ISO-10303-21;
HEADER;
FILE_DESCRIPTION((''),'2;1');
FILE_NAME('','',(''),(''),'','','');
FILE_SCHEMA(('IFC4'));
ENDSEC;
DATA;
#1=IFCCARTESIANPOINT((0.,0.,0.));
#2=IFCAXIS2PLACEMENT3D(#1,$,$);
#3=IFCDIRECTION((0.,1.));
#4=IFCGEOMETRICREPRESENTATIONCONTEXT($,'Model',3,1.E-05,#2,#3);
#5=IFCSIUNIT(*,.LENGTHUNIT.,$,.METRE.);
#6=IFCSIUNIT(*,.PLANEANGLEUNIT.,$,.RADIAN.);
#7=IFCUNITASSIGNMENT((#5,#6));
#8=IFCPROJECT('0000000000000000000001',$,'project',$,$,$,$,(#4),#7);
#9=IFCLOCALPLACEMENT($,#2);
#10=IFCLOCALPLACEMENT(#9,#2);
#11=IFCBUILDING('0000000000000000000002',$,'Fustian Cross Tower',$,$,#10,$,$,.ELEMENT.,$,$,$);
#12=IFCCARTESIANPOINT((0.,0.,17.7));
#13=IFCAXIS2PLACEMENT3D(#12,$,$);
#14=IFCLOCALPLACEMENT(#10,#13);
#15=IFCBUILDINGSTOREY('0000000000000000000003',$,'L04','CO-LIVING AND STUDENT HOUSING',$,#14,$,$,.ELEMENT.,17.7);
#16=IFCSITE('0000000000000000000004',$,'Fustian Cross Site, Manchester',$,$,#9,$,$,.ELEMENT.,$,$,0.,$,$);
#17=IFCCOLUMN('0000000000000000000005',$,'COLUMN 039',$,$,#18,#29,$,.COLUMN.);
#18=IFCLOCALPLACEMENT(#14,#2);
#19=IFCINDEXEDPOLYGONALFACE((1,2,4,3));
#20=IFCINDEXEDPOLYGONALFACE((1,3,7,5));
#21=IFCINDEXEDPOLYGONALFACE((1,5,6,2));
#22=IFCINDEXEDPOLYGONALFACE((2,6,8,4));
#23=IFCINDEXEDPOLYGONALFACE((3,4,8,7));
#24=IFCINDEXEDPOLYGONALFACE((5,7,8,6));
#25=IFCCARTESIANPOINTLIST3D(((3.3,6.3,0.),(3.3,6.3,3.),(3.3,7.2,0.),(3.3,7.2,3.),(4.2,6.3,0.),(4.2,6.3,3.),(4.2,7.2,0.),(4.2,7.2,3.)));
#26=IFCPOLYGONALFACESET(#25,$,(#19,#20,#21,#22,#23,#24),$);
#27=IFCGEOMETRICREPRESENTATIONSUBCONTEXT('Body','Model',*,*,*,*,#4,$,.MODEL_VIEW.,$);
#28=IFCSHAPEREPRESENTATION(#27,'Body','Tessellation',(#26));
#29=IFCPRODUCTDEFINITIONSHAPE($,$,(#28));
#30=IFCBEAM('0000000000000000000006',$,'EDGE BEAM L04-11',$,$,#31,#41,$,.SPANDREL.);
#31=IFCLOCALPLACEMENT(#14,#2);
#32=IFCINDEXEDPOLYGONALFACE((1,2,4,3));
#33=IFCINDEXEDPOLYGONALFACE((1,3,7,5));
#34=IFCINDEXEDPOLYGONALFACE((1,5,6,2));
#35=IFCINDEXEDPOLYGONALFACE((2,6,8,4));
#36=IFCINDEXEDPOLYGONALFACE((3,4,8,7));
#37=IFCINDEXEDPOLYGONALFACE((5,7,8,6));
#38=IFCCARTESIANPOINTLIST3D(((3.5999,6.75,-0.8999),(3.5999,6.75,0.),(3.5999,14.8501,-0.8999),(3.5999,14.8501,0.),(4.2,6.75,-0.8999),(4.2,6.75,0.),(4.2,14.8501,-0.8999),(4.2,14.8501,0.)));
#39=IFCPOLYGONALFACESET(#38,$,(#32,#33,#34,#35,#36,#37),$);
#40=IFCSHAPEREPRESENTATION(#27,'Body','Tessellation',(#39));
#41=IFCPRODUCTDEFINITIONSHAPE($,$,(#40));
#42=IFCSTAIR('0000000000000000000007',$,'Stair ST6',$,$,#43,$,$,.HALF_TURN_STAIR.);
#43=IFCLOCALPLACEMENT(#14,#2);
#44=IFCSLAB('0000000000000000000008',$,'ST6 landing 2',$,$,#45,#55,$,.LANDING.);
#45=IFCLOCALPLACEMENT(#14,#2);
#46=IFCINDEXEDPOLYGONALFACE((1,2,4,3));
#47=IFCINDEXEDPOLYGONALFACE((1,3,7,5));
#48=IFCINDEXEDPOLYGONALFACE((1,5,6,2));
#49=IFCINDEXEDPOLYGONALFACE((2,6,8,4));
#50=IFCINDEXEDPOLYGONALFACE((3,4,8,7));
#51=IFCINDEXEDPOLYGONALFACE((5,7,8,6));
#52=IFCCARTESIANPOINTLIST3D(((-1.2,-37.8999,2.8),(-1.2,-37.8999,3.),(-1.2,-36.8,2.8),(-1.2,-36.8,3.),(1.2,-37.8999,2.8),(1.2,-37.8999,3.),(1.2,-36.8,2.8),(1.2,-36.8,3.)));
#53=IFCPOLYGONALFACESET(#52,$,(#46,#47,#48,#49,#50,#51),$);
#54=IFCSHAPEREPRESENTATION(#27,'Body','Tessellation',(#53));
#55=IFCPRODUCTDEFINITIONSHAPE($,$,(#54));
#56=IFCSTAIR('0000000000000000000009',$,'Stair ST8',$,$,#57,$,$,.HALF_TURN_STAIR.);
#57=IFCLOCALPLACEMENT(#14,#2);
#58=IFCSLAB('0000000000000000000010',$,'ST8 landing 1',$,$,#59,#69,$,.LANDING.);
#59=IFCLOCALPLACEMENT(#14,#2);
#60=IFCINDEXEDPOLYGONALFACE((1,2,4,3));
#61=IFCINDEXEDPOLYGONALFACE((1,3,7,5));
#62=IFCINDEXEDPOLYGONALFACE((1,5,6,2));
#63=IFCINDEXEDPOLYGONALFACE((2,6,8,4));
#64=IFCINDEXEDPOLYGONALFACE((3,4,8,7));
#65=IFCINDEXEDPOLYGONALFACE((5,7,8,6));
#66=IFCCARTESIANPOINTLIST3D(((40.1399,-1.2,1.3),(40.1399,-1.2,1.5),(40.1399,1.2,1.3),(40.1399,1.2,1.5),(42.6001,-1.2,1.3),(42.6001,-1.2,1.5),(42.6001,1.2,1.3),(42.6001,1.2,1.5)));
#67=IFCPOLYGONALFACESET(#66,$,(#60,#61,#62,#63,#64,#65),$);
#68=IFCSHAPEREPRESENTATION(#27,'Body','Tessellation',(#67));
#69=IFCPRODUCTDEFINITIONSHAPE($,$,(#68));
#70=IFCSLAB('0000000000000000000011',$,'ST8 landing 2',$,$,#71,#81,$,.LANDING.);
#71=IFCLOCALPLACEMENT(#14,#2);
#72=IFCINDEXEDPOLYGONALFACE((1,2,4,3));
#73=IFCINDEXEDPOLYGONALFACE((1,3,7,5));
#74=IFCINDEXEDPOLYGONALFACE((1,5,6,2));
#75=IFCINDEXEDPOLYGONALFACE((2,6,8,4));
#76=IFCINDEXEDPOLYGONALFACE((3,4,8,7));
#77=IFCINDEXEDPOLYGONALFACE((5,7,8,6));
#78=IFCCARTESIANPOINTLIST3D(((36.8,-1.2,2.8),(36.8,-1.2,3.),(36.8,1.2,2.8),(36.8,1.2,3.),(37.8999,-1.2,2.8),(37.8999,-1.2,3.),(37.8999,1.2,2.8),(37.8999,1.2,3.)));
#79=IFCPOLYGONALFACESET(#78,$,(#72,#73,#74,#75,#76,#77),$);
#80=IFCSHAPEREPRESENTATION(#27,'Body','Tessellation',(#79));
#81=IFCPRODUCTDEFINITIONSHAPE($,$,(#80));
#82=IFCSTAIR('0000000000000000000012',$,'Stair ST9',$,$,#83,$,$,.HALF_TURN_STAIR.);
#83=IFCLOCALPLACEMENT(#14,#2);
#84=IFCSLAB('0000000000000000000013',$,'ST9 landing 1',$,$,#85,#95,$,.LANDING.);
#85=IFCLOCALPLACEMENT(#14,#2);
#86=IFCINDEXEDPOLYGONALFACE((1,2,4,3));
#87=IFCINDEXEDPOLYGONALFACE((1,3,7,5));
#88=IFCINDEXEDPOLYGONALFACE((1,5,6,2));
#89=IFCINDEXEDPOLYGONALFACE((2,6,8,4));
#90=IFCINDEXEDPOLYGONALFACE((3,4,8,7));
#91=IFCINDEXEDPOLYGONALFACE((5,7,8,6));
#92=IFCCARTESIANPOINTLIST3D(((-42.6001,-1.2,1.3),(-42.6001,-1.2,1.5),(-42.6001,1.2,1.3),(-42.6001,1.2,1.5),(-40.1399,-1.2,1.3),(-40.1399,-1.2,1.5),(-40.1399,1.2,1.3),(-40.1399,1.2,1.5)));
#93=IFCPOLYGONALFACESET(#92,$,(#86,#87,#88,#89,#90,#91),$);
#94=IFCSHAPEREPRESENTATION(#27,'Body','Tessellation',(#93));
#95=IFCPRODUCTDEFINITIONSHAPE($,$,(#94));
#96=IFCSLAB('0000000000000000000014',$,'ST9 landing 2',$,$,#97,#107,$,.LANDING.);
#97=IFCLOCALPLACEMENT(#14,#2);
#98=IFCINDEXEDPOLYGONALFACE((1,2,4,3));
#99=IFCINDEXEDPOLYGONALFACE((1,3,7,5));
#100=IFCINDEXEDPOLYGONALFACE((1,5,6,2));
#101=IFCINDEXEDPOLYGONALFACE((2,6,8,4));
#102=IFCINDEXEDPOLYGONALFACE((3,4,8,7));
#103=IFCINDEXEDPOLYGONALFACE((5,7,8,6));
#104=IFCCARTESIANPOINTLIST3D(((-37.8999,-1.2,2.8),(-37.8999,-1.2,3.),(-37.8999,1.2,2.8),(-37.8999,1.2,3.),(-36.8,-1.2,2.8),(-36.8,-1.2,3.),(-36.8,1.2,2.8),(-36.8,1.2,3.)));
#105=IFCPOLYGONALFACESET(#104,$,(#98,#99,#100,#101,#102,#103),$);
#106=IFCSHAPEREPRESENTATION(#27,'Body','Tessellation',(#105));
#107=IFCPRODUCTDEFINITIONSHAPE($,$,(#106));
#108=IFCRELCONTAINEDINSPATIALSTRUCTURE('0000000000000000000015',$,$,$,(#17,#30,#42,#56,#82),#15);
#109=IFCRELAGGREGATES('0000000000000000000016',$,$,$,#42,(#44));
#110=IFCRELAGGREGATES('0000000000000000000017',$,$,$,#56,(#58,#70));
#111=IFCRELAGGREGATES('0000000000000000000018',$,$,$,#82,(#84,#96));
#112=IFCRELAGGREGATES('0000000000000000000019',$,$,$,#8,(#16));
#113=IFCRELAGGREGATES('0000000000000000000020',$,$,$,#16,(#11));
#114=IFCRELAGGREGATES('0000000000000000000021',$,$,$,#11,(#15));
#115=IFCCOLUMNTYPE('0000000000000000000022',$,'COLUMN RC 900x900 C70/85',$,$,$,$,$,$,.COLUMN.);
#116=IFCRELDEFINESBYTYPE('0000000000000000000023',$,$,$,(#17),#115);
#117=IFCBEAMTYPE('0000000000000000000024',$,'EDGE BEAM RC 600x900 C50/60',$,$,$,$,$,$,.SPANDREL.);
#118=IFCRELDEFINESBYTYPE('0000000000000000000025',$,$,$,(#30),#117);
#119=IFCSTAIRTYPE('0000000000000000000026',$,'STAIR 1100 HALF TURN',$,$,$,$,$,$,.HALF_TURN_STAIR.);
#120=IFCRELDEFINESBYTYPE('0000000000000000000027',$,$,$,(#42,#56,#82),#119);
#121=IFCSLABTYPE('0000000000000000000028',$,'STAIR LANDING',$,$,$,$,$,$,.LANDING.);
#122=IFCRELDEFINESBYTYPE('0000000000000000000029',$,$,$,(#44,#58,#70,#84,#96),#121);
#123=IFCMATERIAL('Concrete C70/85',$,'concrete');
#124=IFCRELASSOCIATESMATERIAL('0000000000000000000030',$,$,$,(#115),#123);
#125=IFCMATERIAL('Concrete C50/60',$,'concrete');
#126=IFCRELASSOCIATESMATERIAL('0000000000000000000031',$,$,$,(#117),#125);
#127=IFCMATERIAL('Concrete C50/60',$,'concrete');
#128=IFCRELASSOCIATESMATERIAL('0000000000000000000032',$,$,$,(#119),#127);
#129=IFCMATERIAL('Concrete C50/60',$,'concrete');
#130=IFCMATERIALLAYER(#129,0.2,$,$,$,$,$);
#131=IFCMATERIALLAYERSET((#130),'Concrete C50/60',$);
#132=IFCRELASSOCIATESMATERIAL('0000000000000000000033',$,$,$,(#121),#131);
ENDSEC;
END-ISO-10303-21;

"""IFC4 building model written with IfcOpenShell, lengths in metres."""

from ifc_helpers import new_model, si_unit, direction, frame, origin, origin_2d, place, context, subcontext, project, spatial, polyline, rectangle, outline, extrude, material, layer, layer_set, material_profile, profile_set, type_object, element, aggregate, save


model = new_model("IFC4")

# Units and contexts
model_context = context("Model", 3, precision=1e-05, world=origin(), true_north=direction((0.0, 1.0)))
body_context = subcontext(model_context, "Body", "Model", "MODEL_VIEW")
ifc_project = project(units=[si_unit("LENGTHUNIT", "METRE"), si_unit("PLANEANGLEUNIT", "RADIAN")], contexts=[model_context])

# Site, building, storey
site_placement = place(None, origin())
site = spatial("IfcSite", under=ifc_project, at=site_placement, Name="Fustian Cross Site, Manchester", CompositionType="ELEMENT", RefElevation=0.0)
building_placement = place(site_placement, origin())
building = spatial("IfcBuilding", under=site, at=building_placement, Name="Fustian Cross Tower", CompositionType="ELEMENT")
storey_placement = place(building_placement, frame((0.0, 0.0, 17.7)))
storey = spatial("IfcBuildingStorey", under=building, at=storey_placement, Name="L04", Description="CO-LIVING AND STUDENT HOUSING", CompositionType="ELEMENT", Elevation=17.7)

# Column
ifc_material_1 = material(Name="Concrete C70/85", Category="concrete")
ifc_material_profile_1 = material_profile(ifc_material_1, rectangle(XDim=0.8999, YDim=0.8999, at=origin_2d()), Name="RC 900x900")
ifc_profile_set_1 = profile_set([ifc_material_profile_1], Name="Concrete C70/85")
column_type = type_object("IfcColumnType", Name="COLUMN RC 900x900 C70/85", PredefinedType="COLUMN", material=ifc_profile_set_1)
column_placement = place(storey_placement, frame((3.75, 6.75, 0.0), z_axis=(0.0, 0.0, 1.0), x_axis=(1.0, 0.0, 0.0)))
element("IfcColumn", 1, at=column_placement, inside=storey, type_object=column_type, Name="COLUMN 039", PredefinedType="COLUMN", context=body_context, shape_type="SweptSolid", body=[
    extrude(rectangle(XDim=0.8999, YDim=0.8999, at=origin_2d()), origin(), (0.0, 0.0, 1.0), 3.0),
])

# Beam
ifc_material_2 = material(Name="Concrete C50/60", Category="concrete")
ifc_material_profile_2 = material_profile(ifc_material_2, rectangle(XDim=0.6001, YDim=0.8999, at=origin_2d()), Name="RC 600x900")
ifc_profile_set_2 = profile_set([ifc_material_profile_2], Name="Concrete C50/60")
beam_type = type_object("IfcBeamType", Name="EDGE BEAM RC 600x900 C50/60", PredefinedType="SPANDREL", material=ifc_profile_set_2)
beam_placement = place(storey_placement, frame((3.8999, 6.75, -0.45), z_axis=(0.0, 1.0, 0.0), x_axis=(-1.0, 0.0, 0.0)))
element("IfcBeam", 2, at=beam_placement, inside=storey, type_object=beam_type, Name="EDGE BEAM L04-11", PredefinedType="SPANDREL", context=body_context, shape_type="SweptSolid", body=[
    extrude(rectangle(XDim=0.6001, YDim=0.8999, at=origin_2d()), origin(), (0.0, 0.0, 1.0), 8.1001),
])

# Stair, slab
ifc_material_3 = material(Name="Concrete C50/60", Category="concrete")
stair_type = type_object("IfcStairType", Name="STAIR 1100 HALF TURN", PredefinedType="HALF_TURN_STAIR", material=ifc_material_3)
stair_1_placement = place(storey_placement, origin())
stair_1 = element("IfcStair", 3, at=stair_1_placement, inside=storey, type_object=stair_type, Name="Stair ST6", PredefinedType="HALF_TURN_STAIR")
ifc_material_4 = material(Name="Concrete C50/60", Category="concrete")
ifc_layer_1 = layer(ifc_material_4, 0.2)
ifc_layer_set_1 = layer_set([ifc_layer_1], Name="Concrete C50/60")
slab_type = type_object("IfcSlabType", Name="STAIR LANDING", PredefinedType="LANDING", material=ifc_layer_set_1)
slab_1_placement = place(storey_placement, frame((0.0, 0.0, 2.8)))
slab_1 = element("IfcSlab", 4, at=slab_1_placement, type_object=slab_type, Name="ST6 landing 2", PredefinedType="LANDING", context=body_context, shape_type="SweptSolid", body=[
    extrude(outline(polyline([(-1.2, -36.8), (-1.2, -37.8999), (1.2, -37.8999), (1.2, -36.8), (-1.2, -36.8)])), origin(), (0.0, 0.0, 1.0), 0.2),
])
aggregate(stair_1, [slab_1])

# Stairs, slabs
stair_2_placement = place(storey_placement, origin())
stair_2 = element("IfcStair", 5, at=stair_2_placement, inside=storey, type_object=stair_type, Name="Stair ST8", PredefinedType="HALF_TURN_STAIR")
slab_2_placement = place(storey_placement, frame((0.0, 0.0, 1.3)))
slab_2 = element("IfcSlab", 6, at=slab_2_placement, type_object=slab_type, Name="ST8 landing 1", PredefinedType="LANDING", context=body_context, shape_type="SweptSolid", body=[
    extrude(outline(polyline([(40.1399, -1.2), (42.6001, -1.2), (42.6001, 1.2), (40.1399, 1.2), (40.1399, -1.2)])), origin(), (0.0, 0.0, 1.0), 0.2),
])
slab_3_placement = place(storey_placement, frame((0.0, 0.0, 2.8)))
slab_3 = element("IfcSlab", 7, at=slab_3_placement, type_object=slab_type, Name="ST8 landing 2", PredefinedType="LANDING", context=body_context, shape_type="SweptSolid", body=[
    extrude(outline(polyline([(36.8, -1.2), (37.8999, -1.2), (37.8999, 1.2), (36.8, 1.2), (36.8, -1.2)])), origin(), (0.0, 0.0, 1.0), 0.2),
])
aggregate(stair_2, [slab_2, slab_3])
stair_3_placement = place(storey_placement, origin())
stair_3 = element("IfcStair", 8, at=stair_3_placement, inside=storey, type_object=stair_type, Name="Stair ST9", PredefinedType="HALF_TURN_STAIR")
slab_4_placement = place(storey_placement, frame((0.0, 0.0, 1.3)))
slab_4 = element("IfcSlab", 9, at=slab_4_placement, type_object=slab_type, Name="ST9 landing 1", PredefinedType="LANDING", context=body_context, shape_type="SweptSolid", body=[
    extrude(outline(polyline([(-40.1399, -1.2), (-42.6001, -1.2), (-42.6001, 1.2), (-40.1399, 1.2), (-40.1399, -1.2)])), origin(), (0.0, 0.0, 1.0), 0.2),
])
slab_5_placement = place(storey_placement, frame((0.0, 0.0, 2.8)))
slab_5 = element("IfcSlab", 10, at=slab_5_placement, type_object=slab_type, Name="ST9 landing 2", PredefinedType="LANDING", context=body_context, shape_type="SweptSolid", body=[
    extrude(outline(polyline([(-36.8, -1.2), (-37.8999, -1.2), (-37.8999, 1.2), (-36.8, 1.2), (-36.8, -1.2)])), origin(), (0.0, 0.0, 1.0), 0.2),
])
aggregate(stair_3, [slab_4, slab_5])

save(model, "model.ifc")
